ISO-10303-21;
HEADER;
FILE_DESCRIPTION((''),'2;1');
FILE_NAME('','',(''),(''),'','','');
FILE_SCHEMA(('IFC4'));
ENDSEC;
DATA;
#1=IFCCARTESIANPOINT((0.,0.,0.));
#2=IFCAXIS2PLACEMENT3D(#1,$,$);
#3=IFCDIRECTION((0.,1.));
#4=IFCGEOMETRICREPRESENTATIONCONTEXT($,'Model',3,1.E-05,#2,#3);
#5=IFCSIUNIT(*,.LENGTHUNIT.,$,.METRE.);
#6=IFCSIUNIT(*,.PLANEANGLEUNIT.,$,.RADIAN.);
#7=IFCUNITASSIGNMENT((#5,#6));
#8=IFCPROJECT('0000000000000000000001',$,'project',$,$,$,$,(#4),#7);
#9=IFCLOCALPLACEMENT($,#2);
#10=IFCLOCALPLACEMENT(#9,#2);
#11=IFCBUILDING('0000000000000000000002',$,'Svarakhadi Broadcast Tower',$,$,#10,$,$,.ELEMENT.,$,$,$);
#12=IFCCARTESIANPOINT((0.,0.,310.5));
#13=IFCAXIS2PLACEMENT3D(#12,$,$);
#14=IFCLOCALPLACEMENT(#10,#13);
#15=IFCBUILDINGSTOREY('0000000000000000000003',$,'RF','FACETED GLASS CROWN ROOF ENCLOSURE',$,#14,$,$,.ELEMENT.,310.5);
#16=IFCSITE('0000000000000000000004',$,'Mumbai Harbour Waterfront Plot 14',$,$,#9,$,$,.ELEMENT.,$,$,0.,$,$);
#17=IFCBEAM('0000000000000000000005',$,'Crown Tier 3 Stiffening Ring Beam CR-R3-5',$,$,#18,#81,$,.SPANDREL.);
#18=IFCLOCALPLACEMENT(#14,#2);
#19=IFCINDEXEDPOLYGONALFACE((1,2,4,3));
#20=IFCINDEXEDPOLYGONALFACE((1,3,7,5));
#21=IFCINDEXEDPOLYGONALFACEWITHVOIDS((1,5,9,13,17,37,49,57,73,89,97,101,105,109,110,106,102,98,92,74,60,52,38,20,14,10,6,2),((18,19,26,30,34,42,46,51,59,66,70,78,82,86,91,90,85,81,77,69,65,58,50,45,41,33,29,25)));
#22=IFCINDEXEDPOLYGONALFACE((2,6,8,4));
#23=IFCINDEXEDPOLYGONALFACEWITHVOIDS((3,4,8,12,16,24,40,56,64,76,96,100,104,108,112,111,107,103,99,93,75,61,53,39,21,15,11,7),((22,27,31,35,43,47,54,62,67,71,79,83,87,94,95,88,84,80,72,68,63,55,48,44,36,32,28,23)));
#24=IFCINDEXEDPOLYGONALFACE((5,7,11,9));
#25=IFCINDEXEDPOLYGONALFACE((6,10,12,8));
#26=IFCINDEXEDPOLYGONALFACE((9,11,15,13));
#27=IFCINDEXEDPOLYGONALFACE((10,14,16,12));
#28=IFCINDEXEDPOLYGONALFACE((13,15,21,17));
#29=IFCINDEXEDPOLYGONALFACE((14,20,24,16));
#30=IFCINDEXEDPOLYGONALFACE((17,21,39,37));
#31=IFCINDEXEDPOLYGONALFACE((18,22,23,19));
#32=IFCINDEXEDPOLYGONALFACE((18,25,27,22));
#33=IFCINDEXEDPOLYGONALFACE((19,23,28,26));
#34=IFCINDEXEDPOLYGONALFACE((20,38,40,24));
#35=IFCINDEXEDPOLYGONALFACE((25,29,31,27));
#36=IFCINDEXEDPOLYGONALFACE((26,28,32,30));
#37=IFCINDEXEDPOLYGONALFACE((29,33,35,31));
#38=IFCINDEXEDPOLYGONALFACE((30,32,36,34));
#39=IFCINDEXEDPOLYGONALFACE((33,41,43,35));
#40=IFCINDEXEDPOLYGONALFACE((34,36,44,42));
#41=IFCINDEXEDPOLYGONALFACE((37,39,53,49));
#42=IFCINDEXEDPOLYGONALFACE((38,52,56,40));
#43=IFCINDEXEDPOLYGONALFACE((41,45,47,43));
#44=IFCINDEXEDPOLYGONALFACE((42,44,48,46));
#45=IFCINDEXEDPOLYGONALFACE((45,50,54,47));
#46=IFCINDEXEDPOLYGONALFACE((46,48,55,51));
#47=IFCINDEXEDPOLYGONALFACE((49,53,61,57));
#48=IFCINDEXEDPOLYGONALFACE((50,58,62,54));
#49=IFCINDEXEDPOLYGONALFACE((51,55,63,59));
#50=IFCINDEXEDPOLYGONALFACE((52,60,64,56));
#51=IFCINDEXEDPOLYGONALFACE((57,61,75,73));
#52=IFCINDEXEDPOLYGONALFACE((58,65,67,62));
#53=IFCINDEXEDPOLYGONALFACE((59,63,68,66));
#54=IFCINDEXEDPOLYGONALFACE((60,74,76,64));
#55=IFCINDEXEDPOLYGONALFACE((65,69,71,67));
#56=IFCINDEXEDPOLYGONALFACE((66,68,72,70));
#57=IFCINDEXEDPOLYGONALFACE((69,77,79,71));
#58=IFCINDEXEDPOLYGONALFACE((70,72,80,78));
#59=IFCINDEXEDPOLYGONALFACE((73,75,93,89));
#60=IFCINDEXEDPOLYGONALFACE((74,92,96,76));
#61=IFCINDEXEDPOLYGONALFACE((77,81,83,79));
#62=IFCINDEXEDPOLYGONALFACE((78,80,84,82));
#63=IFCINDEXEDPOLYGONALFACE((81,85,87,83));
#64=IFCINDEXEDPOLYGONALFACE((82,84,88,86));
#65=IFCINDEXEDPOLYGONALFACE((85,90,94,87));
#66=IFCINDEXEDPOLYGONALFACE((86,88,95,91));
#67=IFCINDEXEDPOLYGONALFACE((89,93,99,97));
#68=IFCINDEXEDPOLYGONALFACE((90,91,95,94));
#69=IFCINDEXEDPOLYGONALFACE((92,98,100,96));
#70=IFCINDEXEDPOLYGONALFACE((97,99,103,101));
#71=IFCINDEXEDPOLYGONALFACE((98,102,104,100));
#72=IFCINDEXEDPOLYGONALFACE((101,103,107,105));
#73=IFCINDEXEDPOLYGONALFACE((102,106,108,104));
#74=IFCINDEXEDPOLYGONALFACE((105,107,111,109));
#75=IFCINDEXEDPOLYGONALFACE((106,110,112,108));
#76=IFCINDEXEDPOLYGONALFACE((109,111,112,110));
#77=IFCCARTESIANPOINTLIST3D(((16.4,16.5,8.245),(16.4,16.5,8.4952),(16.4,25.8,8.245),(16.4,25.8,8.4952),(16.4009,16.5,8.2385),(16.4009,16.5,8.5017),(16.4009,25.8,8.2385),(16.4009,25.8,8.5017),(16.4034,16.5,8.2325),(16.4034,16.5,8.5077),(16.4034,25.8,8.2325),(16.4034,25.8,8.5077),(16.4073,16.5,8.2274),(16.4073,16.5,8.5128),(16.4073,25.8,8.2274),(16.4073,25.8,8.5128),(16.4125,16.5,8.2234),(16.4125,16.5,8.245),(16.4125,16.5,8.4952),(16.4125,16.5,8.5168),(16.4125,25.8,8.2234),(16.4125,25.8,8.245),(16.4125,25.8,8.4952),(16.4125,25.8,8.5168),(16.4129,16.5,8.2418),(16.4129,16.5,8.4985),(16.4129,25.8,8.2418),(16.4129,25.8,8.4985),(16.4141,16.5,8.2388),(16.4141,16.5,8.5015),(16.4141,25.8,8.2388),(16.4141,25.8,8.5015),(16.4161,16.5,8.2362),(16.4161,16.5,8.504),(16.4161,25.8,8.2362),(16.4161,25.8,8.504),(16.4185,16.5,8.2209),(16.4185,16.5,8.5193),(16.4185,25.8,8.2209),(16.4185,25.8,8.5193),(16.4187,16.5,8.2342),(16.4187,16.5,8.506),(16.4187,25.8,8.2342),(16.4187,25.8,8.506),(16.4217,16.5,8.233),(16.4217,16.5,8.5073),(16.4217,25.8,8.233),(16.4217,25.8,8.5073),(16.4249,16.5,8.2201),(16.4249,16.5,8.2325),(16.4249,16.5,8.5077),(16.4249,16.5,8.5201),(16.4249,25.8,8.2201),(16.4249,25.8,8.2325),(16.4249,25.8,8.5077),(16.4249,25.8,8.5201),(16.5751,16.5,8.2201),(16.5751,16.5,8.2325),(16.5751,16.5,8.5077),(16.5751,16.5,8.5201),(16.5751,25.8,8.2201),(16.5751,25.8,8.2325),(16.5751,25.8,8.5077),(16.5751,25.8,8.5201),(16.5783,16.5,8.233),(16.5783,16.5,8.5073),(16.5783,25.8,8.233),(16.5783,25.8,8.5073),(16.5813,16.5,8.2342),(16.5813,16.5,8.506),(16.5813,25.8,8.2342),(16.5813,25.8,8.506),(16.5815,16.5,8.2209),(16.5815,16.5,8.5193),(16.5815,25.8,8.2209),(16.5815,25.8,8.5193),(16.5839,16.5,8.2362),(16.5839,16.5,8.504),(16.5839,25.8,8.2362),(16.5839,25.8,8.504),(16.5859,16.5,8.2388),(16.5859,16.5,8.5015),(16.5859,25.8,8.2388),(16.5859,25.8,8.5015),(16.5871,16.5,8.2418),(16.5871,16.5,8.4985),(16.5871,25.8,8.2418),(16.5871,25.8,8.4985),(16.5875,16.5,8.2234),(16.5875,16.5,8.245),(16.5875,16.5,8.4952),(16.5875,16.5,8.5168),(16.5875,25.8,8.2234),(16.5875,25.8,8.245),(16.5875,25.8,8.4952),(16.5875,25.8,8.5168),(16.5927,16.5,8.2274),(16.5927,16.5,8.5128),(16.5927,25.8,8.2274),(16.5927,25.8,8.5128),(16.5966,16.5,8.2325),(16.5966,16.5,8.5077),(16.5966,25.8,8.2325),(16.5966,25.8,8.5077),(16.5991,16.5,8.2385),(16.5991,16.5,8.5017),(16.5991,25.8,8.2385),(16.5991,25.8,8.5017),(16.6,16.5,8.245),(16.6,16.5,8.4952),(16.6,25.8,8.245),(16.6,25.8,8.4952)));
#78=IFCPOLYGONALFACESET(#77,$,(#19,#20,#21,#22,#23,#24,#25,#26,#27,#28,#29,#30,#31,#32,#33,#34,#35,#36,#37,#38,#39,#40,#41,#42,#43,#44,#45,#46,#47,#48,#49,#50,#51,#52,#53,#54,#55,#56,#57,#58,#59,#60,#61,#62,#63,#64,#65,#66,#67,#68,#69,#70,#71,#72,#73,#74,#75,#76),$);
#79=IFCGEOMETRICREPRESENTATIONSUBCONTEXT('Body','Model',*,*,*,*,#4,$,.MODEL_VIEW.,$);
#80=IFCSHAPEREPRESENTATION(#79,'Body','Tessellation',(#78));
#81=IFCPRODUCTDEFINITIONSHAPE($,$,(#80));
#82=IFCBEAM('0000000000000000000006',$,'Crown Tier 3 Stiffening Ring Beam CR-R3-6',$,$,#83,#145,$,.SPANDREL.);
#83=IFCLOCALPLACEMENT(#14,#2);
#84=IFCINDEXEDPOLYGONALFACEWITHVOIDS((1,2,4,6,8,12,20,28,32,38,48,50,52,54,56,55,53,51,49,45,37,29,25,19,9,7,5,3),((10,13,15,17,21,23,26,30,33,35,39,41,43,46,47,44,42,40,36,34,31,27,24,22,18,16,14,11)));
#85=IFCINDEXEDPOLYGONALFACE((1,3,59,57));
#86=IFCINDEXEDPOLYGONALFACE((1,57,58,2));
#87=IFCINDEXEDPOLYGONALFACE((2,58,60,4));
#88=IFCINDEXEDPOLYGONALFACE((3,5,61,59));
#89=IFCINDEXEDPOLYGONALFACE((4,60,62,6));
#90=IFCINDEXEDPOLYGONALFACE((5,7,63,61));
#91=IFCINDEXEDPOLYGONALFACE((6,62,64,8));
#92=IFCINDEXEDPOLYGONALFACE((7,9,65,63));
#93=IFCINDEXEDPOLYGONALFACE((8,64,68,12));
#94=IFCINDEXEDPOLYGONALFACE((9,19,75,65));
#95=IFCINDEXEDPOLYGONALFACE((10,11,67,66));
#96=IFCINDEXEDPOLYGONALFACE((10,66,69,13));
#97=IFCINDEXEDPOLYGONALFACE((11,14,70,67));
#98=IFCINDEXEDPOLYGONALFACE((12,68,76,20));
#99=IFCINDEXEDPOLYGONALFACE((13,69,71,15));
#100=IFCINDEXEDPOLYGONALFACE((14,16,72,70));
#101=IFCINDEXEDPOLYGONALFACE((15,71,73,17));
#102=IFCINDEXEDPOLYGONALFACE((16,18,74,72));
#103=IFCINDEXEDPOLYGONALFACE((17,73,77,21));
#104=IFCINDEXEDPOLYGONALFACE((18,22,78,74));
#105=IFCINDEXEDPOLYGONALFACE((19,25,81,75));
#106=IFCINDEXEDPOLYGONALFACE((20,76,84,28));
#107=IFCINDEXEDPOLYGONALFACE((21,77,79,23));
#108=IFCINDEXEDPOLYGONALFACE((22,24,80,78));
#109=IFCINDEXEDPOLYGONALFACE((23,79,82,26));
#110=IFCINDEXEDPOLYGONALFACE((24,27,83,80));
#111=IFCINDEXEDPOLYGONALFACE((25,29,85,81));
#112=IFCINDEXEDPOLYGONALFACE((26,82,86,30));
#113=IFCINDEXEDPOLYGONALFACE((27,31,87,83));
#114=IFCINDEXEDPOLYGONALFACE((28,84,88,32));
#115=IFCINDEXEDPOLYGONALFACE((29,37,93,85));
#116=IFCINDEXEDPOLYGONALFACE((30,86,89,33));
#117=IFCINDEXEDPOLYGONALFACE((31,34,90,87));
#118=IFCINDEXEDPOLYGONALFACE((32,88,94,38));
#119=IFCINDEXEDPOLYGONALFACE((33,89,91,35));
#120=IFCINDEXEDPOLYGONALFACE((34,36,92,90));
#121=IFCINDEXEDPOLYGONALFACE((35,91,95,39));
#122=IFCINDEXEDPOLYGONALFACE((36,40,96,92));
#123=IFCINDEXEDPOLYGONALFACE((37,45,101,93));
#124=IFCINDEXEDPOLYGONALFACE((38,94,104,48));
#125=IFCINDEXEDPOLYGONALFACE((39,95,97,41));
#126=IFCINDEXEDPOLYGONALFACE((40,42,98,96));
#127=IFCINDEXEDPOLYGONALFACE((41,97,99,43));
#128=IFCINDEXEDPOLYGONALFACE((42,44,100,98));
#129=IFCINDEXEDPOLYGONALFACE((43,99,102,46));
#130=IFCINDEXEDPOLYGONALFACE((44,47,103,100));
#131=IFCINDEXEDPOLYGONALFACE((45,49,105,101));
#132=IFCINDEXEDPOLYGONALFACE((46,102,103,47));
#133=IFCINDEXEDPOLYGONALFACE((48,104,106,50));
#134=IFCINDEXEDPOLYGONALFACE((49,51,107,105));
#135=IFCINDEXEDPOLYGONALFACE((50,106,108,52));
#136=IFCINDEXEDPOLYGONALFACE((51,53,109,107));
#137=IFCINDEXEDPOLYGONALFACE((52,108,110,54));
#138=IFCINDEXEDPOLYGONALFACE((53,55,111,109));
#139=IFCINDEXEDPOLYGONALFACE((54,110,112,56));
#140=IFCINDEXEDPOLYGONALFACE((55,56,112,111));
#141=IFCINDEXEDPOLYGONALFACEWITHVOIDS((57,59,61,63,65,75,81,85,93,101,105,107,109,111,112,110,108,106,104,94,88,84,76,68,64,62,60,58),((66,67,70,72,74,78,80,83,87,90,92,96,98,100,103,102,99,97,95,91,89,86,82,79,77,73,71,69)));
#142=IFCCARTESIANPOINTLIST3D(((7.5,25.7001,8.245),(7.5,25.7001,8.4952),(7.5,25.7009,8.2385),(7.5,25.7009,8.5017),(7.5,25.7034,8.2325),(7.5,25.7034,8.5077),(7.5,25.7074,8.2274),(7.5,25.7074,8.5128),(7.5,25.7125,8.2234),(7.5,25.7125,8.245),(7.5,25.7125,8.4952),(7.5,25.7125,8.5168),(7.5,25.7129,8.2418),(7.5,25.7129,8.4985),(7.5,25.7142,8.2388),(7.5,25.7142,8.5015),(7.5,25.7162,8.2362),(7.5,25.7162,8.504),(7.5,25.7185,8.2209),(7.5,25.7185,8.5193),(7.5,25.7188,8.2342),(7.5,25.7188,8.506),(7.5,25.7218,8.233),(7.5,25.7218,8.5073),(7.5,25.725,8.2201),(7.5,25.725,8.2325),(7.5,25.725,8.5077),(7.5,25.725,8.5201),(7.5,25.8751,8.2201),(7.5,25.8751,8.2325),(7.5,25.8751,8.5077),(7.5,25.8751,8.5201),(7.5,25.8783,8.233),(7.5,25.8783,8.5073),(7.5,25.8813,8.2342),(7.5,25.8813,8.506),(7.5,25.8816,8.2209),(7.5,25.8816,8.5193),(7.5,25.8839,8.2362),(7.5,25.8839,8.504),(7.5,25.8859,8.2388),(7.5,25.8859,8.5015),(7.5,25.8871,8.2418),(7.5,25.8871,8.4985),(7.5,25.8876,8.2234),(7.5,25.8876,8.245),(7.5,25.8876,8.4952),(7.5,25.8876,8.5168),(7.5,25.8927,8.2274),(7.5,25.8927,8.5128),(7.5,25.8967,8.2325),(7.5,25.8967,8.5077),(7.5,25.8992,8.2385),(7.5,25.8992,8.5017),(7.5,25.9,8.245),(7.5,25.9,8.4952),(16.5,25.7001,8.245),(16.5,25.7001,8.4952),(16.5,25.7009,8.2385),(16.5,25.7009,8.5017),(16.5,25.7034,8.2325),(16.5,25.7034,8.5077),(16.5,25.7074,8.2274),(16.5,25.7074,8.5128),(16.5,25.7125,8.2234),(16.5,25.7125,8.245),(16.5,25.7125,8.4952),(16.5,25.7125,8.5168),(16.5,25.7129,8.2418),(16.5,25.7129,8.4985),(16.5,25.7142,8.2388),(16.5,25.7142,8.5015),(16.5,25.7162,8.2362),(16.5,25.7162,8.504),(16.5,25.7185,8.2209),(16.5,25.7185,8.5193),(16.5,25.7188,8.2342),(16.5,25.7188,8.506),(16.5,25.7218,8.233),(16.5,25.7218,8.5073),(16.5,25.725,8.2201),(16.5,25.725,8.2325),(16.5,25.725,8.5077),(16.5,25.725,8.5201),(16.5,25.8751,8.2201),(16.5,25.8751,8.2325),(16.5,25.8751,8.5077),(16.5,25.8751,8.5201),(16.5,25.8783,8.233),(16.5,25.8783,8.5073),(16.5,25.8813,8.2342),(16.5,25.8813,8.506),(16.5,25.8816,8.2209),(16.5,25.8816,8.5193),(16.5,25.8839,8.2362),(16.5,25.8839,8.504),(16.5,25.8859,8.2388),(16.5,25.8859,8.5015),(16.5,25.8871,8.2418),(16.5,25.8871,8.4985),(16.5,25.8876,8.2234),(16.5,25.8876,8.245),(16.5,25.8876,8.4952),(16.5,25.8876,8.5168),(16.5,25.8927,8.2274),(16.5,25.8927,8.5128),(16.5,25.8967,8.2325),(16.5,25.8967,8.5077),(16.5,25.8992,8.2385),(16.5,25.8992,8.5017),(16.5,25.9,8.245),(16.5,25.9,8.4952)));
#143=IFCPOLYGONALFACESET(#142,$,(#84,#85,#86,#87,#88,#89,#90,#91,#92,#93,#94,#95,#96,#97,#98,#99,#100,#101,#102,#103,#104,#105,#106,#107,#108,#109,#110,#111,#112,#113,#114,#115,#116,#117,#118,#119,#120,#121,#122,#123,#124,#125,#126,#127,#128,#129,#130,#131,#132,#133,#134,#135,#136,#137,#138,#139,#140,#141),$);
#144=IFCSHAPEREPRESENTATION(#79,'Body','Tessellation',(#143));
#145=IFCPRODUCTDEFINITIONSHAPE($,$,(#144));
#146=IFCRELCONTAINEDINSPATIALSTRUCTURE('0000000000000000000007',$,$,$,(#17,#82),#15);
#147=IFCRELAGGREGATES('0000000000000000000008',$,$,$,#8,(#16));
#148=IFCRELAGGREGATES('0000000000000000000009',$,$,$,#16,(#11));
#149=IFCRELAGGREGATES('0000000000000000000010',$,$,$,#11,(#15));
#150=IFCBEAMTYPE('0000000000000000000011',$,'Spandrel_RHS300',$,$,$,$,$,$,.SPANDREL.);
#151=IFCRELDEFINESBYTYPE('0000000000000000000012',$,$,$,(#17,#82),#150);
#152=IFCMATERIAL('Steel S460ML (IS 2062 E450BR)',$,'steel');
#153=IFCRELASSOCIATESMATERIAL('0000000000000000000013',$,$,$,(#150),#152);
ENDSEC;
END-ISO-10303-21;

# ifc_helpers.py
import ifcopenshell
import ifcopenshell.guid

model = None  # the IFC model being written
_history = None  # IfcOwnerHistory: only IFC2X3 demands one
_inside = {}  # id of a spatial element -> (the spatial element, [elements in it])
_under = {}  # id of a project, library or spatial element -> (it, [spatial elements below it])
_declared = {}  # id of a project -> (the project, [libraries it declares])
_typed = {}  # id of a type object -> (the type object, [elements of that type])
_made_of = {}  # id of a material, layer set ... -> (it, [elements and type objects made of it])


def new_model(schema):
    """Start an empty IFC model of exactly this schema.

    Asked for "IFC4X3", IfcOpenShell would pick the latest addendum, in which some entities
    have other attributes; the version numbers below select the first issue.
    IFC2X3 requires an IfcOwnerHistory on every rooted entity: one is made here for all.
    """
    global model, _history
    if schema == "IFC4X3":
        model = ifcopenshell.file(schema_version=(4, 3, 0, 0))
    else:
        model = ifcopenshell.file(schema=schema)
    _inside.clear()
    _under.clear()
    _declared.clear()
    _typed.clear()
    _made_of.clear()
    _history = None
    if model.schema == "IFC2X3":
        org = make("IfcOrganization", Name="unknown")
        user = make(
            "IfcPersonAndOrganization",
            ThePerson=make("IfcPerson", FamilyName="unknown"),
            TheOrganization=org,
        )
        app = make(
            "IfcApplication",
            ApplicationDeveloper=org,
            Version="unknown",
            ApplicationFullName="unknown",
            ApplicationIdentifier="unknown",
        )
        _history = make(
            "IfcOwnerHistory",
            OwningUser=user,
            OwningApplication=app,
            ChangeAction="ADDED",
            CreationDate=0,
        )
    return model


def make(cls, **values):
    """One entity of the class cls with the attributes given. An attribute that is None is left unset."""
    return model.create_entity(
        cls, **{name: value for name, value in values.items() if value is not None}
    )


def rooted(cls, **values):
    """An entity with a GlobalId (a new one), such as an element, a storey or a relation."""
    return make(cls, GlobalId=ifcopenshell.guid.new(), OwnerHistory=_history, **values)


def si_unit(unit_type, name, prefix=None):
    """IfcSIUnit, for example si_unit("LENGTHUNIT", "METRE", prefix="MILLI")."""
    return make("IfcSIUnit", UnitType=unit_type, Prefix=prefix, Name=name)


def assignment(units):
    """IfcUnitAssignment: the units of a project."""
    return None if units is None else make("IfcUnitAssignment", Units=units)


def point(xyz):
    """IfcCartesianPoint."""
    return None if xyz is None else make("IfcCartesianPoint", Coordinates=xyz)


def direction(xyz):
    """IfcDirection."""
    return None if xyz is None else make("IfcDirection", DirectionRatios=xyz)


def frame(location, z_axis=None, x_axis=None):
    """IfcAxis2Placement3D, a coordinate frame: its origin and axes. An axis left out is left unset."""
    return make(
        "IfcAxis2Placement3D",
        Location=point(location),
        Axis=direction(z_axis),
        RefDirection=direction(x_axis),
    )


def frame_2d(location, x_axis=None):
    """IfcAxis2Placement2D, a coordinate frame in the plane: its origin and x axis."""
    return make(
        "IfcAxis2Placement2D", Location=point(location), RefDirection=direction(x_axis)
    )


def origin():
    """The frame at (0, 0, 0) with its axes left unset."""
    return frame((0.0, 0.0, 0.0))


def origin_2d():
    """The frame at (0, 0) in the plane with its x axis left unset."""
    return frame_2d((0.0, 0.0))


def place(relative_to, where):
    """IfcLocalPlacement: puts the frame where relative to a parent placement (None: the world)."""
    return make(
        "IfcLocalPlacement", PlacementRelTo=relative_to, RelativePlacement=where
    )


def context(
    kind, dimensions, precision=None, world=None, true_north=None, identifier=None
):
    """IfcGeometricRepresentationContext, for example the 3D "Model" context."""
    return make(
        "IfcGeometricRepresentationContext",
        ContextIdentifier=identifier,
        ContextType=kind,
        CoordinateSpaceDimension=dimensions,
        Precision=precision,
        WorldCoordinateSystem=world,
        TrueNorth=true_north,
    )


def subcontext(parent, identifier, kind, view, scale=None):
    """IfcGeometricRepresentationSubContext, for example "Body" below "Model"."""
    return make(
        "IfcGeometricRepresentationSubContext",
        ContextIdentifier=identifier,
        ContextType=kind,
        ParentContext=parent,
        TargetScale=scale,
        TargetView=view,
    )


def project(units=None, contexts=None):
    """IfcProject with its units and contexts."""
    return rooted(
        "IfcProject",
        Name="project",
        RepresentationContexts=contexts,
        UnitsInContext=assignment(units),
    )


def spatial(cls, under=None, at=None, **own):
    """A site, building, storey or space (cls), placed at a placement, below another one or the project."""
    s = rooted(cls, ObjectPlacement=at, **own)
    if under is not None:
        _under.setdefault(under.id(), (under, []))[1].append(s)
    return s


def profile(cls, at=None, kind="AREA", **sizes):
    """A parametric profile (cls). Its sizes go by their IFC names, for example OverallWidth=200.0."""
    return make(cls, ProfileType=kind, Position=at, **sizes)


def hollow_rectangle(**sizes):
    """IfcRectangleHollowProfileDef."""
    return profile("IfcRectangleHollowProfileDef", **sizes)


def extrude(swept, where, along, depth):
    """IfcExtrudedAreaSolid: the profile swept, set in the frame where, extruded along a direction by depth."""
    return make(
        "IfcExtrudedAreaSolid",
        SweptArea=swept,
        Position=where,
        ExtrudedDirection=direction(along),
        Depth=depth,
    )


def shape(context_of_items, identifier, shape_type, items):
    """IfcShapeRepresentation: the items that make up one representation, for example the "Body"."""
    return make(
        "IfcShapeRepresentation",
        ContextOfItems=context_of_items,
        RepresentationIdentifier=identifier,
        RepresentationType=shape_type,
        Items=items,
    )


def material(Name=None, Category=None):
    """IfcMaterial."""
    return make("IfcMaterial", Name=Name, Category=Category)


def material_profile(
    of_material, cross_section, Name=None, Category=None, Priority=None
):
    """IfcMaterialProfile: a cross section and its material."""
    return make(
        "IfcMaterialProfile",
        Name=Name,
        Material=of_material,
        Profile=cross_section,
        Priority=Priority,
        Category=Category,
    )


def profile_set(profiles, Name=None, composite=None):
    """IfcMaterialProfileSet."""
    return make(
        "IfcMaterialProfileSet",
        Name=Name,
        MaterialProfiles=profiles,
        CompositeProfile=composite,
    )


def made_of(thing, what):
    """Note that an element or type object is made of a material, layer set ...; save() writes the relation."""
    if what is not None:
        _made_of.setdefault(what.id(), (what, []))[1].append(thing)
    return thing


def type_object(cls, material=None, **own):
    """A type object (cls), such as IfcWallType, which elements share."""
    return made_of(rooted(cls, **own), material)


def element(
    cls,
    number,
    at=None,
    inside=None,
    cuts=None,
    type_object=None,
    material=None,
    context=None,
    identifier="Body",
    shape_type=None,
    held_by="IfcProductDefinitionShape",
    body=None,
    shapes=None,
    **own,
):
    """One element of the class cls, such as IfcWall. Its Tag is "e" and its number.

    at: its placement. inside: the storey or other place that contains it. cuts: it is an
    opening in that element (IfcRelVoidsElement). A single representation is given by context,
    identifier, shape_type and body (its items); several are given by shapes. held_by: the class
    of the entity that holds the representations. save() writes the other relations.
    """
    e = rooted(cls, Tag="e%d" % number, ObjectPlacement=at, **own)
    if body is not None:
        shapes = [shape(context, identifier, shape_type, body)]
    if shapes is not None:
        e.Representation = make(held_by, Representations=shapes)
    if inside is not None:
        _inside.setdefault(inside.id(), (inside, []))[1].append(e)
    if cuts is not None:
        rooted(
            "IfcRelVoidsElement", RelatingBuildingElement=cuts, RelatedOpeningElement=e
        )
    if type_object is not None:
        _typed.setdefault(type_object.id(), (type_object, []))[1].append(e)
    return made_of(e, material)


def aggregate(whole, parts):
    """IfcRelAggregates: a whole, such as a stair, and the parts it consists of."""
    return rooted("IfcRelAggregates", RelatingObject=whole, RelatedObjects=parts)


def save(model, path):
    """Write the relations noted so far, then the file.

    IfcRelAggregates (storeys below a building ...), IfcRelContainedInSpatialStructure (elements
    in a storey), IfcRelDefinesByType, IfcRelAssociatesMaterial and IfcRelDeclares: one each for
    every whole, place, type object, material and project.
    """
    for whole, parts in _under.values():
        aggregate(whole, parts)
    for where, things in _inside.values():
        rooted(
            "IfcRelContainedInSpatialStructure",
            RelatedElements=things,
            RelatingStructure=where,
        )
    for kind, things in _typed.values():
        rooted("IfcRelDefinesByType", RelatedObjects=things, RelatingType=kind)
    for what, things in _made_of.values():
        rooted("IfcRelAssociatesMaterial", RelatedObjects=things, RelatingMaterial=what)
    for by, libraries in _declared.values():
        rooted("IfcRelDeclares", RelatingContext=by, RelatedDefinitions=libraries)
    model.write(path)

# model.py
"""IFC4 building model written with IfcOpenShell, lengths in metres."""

from ifc_helpers import new_model, si_unit, direction, frame, origin, origin_2d, place, context, subcontext, project, spatial, hollow_rectangle, extrude, material, material_profile, profile_set, type_object, element, save


model = new_model("IFC4")

# Units and contexts
model_context = context("Model", 3, precision=1e-05, world=origin(), true_north=direction((0.0, 1.0)))
body_context = subcontext(model_context, "Body", "Model", "MODEL_VIEW")
ifc_project = project(units=[si_unit("LENGTHUNIT", "METRE"), si_unit("PLANEANGLEUNIT", "RADIAN")], contexts=[model_context])

# Site, building, storey
site_placement = place(None, origin())
site = spatial("IfcSite", under=ifc_project, at=site_placement, Name="Mumbai Harbour Waterfront Plot 14", CompositionType="ELEMENT", RefElevation=0.0)
building_placement = place(site_placement, origin())
building = spatial("IfcBuilding", under=site, at=building_placement, Name="Svarakhadi Broadcast Tower", CompositionType="ELEMENT")
storey_placement = place(building_placement, frame((0.0, 0.0, 310.5)))
storey = spatial("IfcBuildingStorey", under=building, at=storey_placement, Name="RF", Description="FACETED GLASS CROWN ROOF ENCLOSURE", CompositionType="ELEMENT", Elevation=310.5)

# Shared definitions
ifc_material_1 = material(Name="Steel S460ML (IS 2062 E450BR)", Category="steel")

# Beams
ifc_material_profile_1 = material_profile(ifc_material_1, hollow_rectangle(XDim=0.2, YDim=0.3, WallThickness=0.0125, InnerFilletRadius=0.0125, OuterFilletRadius=0.0249, at=origin_2d()), Name="RHS 300x200x12.5")
ifc_profile_set_1 = profile_set([ifc_material_profile_1], Name="Steel S460ML (IS 2062 E450BR)")
beam_type_1 = type_object("IfcBeamType", Name="Spandrel_RHS300", PredefinedType="SPANDREL", material=ifc_profile_set_1)
beam_1_placement = place(storey_placement, frame((16.5, 16.5, 8.3701), z_axis=(0.0, 1.0, 0.0), x_axis=(-1.0, 0.0, 0.0)))
element("IfcBeam", 1, at=beam_1_placement, inside=storey, type_object=beam_type_1, Name="Crown Tier 3 Stiffening Ring Beam CR-R3-5", PredefinedType="SPANDREL", context=body_context, shape_type="SweptSolid", body=[
    extrude(hollow_rectangle(XDim=0.2, YDim=0.3, WallThickness=0.0125, InnerFilletRadius=0.0125, OuterFilletRadius=0.0249, at=origin_2d()), origin(), (0.0, 0.0, 1.0), 9.3),
])
beam_2_placement = place(storey_placement, frame((16.5, 25.8, 8.3701), z_axis=(-1.0, 0.0, 0.0), x_axis=(0.0, -1.0, 0.0)))
element("IfcBeam", 2, at=beam_2_placement, inside=storey, type_object=beam_type_1, Name="Crown Tier 3 Stiffening Ring Beam CR-R3-6", PredefinedType="SPANDREL", context=body_context, shape_type="SweptSolid", body=[
    extrude(hollow_rectangle(XDim=0.2, YDim=0.3, WallThickness=0.0125, InnerFilletRadius=0.0125, OuterFilletRadius=0.0249, at=origin_2d()), origin(), (0.0, 0.0, 1.0), 9.0),
])

save(model, "model.ifc")
